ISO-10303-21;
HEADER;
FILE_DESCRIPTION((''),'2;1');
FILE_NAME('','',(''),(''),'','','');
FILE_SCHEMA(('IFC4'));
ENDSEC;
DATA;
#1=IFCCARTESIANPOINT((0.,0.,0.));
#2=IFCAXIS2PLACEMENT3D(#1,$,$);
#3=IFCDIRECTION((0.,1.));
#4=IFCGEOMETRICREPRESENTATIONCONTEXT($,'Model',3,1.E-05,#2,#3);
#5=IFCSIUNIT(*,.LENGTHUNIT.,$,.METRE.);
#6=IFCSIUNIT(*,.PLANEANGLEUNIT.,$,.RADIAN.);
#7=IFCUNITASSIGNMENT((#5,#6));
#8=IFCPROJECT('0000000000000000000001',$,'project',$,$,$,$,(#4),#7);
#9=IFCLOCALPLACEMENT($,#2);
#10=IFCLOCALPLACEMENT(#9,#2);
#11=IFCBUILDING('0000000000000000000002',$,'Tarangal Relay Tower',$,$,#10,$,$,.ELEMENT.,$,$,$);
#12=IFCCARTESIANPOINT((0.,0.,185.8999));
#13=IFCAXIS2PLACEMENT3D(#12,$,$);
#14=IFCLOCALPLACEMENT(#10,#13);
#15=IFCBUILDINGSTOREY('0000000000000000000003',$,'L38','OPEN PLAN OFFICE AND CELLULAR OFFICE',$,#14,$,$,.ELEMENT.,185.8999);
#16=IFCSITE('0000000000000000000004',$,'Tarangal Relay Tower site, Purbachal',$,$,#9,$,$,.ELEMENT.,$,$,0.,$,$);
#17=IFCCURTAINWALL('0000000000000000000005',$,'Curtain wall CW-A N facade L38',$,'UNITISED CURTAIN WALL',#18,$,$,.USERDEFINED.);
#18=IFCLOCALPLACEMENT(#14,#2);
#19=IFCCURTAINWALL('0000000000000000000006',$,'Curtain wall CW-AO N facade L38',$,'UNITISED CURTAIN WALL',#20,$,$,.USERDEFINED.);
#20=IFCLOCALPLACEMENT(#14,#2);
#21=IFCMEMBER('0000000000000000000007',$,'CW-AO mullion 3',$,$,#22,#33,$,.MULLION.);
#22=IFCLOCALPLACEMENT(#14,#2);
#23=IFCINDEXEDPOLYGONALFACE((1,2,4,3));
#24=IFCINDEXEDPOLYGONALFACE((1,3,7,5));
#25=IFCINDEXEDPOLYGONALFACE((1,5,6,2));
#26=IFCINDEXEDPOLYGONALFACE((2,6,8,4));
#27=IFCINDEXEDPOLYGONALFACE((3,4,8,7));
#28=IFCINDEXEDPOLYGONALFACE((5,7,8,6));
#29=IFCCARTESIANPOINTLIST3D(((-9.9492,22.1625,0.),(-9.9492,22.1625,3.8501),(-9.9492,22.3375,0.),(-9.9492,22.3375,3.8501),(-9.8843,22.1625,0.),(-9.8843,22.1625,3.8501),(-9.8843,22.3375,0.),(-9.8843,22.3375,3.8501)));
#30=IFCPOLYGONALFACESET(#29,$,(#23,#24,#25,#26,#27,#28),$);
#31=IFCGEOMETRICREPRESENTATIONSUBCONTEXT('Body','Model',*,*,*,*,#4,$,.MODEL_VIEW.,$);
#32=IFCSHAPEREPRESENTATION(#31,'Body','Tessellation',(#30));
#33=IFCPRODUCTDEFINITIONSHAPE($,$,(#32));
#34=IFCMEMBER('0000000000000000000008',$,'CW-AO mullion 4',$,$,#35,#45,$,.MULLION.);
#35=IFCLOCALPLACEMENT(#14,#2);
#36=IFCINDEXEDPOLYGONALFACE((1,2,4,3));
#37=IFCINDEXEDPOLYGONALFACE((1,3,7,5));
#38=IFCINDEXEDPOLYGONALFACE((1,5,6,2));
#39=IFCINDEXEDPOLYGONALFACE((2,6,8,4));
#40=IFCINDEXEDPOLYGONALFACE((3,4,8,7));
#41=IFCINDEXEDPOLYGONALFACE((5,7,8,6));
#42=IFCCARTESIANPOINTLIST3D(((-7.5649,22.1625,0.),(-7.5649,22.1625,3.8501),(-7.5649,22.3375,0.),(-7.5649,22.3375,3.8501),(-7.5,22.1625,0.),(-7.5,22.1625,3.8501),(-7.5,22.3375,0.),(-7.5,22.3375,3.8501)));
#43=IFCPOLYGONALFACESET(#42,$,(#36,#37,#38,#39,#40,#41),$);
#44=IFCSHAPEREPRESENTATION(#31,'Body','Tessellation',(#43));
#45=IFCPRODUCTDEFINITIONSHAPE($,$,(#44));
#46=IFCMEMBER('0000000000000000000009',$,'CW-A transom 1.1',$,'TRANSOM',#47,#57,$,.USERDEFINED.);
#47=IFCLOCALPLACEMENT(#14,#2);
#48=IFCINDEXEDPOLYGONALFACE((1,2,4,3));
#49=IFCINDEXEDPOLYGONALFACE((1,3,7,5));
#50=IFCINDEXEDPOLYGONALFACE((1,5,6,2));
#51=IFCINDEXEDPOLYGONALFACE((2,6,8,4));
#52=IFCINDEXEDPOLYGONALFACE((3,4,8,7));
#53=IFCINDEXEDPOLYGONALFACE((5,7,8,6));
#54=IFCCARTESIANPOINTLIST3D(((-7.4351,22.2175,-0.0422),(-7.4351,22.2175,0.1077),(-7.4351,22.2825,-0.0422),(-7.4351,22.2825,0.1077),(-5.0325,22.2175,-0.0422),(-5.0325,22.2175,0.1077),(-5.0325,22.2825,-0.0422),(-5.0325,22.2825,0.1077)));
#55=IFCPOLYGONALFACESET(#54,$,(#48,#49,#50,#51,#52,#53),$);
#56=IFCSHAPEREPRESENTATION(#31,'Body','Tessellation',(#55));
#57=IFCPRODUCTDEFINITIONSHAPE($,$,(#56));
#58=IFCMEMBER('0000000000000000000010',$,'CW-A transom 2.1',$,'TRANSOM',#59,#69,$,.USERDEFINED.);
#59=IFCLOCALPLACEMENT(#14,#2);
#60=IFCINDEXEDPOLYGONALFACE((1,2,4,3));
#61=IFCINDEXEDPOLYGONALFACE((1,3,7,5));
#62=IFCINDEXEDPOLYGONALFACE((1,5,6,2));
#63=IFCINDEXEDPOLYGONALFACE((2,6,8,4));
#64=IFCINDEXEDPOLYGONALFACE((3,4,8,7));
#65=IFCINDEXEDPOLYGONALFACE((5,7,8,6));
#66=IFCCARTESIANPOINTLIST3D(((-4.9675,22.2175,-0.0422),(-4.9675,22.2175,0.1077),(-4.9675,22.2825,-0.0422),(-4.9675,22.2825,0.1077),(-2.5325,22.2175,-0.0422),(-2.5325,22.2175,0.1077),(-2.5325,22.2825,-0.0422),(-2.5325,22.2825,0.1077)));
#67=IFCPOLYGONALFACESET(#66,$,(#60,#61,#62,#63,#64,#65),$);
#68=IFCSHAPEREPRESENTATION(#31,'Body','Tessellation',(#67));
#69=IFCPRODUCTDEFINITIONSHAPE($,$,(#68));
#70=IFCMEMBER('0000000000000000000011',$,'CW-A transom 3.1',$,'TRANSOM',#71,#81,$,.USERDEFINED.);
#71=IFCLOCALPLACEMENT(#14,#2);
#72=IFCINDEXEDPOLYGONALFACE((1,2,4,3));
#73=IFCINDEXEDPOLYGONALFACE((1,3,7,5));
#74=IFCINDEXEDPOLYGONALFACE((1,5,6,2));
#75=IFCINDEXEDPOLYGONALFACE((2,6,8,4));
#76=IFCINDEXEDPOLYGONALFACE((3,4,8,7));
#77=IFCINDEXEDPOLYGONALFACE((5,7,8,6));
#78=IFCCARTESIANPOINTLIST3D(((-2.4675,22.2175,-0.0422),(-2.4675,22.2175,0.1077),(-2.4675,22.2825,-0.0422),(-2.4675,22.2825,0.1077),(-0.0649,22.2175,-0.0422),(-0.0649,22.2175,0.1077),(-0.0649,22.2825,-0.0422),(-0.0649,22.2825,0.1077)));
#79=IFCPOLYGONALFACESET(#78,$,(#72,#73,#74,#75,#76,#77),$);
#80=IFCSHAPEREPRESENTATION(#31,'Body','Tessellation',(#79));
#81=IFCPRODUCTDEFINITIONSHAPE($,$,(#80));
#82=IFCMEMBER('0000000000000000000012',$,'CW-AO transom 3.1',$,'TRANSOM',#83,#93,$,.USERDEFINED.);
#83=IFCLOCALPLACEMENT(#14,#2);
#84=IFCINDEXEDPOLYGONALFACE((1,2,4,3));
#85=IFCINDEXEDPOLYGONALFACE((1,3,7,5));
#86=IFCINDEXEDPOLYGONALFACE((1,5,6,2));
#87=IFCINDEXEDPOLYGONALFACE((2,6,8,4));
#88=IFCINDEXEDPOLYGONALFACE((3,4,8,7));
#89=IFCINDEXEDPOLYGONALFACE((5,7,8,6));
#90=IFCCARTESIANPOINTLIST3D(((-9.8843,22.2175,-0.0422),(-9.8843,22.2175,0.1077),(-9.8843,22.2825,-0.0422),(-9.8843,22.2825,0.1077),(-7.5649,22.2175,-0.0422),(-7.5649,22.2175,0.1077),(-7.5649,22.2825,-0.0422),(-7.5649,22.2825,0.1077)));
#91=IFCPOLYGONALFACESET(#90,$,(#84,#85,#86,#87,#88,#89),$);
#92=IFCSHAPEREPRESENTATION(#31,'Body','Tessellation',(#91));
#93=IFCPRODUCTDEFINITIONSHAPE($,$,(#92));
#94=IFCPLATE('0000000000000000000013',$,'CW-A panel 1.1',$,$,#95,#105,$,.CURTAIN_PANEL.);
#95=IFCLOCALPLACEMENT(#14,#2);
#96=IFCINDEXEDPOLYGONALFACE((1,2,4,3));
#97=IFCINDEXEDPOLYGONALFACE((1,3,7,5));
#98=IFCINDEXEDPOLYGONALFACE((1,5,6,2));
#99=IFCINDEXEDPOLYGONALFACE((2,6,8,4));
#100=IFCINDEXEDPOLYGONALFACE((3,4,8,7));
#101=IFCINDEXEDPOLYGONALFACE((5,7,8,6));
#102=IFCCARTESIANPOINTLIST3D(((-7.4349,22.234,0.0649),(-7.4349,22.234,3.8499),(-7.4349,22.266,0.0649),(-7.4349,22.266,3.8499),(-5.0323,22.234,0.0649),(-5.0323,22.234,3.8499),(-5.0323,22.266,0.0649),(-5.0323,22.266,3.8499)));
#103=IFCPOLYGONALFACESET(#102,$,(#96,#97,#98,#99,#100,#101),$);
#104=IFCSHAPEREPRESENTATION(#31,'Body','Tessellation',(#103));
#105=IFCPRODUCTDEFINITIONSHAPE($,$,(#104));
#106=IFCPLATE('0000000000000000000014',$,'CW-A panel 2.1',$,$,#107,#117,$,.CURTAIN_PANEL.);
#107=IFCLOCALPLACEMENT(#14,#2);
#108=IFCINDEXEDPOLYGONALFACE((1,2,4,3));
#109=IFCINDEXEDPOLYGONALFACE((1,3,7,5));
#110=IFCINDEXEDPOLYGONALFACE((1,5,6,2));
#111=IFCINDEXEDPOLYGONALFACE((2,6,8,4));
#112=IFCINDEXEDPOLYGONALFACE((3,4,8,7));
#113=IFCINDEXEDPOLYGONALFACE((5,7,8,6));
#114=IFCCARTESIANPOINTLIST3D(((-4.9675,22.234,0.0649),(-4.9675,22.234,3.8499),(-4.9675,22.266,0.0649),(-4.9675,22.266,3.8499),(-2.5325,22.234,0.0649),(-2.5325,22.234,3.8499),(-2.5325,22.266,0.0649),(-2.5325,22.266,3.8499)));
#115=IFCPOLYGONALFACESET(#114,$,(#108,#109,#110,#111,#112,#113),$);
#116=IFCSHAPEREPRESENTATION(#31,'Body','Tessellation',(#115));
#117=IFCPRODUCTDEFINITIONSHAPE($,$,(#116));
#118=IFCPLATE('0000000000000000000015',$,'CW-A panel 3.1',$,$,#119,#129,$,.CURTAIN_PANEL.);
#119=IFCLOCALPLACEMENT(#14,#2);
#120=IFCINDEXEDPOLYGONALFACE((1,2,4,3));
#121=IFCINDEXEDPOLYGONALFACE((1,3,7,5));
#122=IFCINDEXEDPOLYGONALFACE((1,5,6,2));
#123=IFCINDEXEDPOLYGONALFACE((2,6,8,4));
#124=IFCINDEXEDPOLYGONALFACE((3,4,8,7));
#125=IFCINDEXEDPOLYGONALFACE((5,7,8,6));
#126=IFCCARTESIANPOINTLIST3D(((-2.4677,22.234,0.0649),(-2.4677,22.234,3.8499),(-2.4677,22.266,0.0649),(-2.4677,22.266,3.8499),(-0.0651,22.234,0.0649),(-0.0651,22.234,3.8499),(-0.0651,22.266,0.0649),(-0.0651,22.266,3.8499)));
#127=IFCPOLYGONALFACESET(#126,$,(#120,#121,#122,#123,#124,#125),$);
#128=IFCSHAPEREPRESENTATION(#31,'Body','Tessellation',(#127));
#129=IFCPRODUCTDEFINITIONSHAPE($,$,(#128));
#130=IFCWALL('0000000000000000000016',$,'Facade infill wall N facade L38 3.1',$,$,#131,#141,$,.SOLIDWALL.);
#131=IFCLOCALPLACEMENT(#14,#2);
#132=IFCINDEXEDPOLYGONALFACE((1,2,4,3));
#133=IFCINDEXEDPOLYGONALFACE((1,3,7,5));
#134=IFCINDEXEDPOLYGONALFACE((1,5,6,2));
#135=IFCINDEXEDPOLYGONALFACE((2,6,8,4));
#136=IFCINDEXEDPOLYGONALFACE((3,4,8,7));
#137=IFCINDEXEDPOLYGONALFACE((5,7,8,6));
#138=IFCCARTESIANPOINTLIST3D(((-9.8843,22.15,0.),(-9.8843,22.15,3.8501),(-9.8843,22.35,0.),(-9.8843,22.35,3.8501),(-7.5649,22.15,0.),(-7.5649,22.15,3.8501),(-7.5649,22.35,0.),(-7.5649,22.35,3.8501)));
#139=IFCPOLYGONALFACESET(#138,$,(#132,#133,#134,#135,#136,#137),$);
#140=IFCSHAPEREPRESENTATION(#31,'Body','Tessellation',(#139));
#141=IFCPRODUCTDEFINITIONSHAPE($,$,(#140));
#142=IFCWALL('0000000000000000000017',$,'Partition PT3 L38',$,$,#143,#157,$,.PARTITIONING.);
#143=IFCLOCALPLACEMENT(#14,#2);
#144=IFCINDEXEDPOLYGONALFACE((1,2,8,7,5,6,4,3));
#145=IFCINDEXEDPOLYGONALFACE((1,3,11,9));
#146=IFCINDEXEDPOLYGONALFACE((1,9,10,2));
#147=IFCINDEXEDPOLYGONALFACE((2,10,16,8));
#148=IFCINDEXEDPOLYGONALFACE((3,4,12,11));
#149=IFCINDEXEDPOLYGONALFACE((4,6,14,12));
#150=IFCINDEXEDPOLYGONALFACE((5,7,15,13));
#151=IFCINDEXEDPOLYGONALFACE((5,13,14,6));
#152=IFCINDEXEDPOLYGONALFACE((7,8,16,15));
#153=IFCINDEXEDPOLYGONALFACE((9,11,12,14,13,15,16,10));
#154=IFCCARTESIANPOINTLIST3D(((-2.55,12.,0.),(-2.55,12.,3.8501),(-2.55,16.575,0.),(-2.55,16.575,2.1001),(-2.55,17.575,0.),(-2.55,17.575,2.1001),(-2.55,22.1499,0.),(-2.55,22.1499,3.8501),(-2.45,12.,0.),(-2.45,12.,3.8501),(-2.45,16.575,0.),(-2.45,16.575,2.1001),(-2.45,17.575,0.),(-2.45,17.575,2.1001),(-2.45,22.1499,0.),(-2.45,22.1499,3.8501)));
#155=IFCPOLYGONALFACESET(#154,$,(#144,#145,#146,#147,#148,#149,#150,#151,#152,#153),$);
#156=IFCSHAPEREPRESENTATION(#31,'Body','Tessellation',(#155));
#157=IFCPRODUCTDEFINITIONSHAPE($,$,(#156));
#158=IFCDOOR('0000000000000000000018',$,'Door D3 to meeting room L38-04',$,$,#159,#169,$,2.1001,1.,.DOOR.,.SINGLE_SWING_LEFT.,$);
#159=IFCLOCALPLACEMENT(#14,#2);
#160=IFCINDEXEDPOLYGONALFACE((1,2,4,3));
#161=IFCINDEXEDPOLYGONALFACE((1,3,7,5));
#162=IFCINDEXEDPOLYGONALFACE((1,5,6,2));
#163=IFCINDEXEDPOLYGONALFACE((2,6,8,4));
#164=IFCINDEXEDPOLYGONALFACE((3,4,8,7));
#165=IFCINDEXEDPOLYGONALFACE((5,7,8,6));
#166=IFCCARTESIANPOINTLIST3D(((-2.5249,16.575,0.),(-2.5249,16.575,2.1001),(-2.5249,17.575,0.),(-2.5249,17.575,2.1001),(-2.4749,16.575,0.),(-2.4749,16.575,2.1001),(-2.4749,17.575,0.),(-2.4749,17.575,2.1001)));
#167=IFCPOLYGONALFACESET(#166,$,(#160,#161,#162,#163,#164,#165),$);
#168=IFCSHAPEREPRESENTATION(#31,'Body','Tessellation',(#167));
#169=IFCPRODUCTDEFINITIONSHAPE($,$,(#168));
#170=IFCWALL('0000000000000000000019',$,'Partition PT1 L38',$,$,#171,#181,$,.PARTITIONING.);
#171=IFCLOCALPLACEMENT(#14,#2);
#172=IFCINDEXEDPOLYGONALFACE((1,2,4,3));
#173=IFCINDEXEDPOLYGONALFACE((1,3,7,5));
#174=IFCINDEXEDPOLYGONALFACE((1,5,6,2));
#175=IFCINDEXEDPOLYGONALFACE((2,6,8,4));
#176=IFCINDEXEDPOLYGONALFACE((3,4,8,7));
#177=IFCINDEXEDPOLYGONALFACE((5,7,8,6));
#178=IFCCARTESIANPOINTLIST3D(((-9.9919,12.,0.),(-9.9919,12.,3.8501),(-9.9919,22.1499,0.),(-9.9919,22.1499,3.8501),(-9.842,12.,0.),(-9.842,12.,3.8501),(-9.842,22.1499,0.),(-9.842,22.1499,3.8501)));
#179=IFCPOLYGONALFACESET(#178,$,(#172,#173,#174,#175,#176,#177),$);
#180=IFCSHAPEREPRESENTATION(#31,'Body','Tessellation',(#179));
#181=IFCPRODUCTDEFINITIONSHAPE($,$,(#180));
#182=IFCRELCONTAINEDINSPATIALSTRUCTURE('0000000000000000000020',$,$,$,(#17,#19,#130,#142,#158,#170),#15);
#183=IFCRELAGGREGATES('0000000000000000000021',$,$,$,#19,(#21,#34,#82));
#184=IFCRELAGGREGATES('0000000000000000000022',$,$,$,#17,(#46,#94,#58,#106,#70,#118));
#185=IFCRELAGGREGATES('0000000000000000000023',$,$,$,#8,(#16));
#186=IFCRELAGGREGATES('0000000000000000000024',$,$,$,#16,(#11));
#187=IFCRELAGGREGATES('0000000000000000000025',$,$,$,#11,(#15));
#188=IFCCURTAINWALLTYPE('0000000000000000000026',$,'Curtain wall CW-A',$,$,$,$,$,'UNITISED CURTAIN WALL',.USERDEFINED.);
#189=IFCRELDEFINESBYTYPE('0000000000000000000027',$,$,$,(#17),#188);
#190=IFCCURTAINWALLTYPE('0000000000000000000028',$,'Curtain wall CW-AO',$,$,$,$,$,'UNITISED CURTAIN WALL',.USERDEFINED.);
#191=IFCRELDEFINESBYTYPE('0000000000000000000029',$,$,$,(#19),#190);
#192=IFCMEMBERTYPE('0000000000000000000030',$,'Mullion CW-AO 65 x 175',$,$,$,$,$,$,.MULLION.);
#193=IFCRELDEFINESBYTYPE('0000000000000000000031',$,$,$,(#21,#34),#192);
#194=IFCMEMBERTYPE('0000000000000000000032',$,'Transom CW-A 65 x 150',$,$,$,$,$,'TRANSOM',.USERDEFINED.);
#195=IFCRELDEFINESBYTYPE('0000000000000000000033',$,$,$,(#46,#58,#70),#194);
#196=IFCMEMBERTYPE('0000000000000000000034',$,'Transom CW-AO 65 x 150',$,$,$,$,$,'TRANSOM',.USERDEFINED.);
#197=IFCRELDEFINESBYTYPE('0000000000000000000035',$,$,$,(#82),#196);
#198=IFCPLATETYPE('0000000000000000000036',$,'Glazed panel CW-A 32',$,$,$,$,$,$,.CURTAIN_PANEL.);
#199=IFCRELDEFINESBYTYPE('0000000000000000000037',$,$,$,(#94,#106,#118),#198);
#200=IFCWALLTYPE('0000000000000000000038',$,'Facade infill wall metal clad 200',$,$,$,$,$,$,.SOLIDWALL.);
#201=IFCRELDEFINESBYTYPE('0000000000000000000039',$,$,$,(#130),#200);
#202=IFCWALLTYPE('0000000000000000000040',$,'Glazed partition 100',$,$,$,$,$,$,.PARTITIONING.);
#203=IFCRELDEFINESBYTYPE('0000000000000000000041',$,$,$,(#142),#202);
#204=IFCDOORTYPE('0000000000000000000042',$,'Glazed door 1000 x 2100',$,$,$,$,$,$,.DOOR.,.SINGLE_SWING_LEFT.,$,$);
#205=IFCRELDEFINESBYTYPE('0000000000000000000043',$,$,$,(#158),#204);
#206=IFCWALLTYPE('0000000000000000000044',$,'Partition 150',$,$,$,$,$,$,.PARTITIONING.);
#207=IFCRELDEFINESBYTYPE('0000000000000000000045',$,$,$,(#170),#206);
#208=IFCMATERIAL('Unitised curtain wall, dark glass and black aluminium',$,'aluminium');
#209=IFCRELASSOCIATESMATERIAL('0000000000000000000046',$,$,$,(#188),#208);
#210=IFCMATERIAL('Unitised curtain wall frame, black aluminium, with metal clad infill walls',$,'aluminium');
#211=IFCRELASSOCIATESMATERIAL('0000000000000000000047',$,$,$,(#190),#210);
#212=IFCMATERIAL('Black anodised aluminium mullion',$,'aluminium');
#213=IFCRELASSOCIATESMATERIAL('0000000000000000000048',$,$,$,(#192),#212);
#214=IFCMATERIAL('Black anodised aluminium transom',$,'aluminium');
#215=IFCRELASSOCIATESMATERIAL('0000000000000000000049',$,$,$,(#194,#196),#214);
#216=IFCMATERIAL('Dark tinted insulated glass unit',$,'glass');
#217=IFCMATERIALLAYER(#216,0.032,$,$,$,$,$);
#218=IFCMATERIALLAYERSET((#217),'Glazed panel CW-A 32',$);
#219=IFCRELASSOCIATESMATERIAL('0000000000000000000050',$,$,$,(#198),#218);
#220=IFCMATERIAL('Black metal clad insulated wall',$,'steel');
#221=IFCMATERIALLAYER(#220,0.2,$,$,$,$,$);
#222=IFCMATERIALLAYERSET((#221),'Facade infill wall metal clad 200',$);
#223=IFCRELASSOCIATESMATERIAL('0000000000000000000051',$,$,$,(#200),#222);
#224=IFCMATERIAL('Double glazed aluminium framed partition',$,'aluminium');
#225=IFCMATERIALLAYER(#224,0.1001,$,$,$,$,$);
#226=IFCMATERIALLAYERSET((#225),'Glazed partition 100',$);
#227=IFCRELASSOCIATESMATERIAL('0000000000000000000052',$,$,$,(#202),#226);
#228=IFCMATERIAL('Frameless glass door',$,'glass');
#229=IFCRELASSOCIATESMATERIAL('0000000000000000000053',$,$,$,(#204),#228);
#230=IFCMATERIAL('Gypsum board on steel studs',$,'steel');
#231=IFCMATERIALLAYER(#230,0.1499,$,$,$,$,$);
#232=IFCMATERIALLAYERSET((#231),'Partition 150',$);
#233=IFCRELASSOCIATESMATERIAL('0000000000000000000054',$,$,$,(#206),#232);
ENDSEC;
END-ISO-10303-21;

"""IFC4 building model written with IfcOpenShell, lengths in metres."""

from ifc_helpers import new_model, si_unit, direction, frame, frame_2d, origin, origin_2d, place, context, subcontext, project, spatial, rectangle, extrude, material, layer, layer_set, material_profile, profile_set, type_object, element, fill, aggregate, save


model = new_model("IFC4")

# Units and contexts
model_context = context("Model", 3, precision=1e-05, world=origin(), true_north=direction((0.0, 1.0)))
body_context = subcontext(model_context, "Body", "Model", "MODEL_VIEW")
ifc_project = project(units=[si_unit("LENGTHUNIT", "METRE"), si_unit("PLANEANGLEUNIT", "RADIAN")], contexts=[model_context])

# Site, building, storey
site_placement = place(None, origin())
site = spatial("IfcSite", under=ifc_project, at=site_placement, Name="Tarangal Relay Tower site, Purbachal", CompositionType="ELEMENT", RefElevation=0.0)
building_placement = place(site_placement, origin())
building = spatial("IfcBuilding", under=site, at=building_placement, Name="Tarangal Relay Tower", CompositionType="ELEMENT")
storey_placement = place(building_placement, frame((0.0, 0.0, 185.8999)))
storey = spatial("IfcBuildingStorey", under=building, at=storey_placement, Name="L38", Description="OPEN PLAN OFFICE AND CELLULAR OFFICE", CompositionType="ELEMENT", Elevation=185.8999)

# Curtain walls, members
ifc_material_1 = material(Name="Unitised curtain wall, dark glass and black aluminium", Category="aluminium")
curtain_wall_type_1 = type_object("IfcCurtainWallType", Name="Curtain wall CW-A", ElementType="UNITISED CURTAIN WALL", PredefinedType="USERDEFINED", material=ifc_material_1)
curtain_wall_1_placement = place(storey_placement, origin())
curtain_wall_1 = element("IfcCurtainWall", 1, at=curtain_wall_1_placement, inside=storey, type_object=curtain_wall_type_1, Name="Curtain wall CW-A N facade L38", ObjectType="UNITISED CURTAIN WALL", PredefinedType="USERDEFINED")
ifc_material_2 = material(Name="Black anodised aluminium mullion", Category="aluminium")
ifc_material_3 = material(Name="Unitised curtain wall frame, black aluminium, with metal clad infill walls", Category="aluminium")
curtain_wall_type_2 = type_object("IfcCurtainWallType", Name="Curtain wall CW-AO", ElementType="UNITISED CURTAIN WALL", PredefinedType="USERDEFINED", material=ifc_material_3)
curtain_wall_2_placement = place(storey_placement, origin())
curtain_wall_2 = element("IfcCurtainWall", 2, at=curtain_wall_2_placement, inside=storey, type_object=curtain_wall_type_2, Name="Curtain wall CW-AO N facade L38", ObjectType="UNITISED CURTAIN WALL", PredefinedType="USERDEFINED")
ifc_material_profile_1 = material_profile(ifc_material_2, rectangle(XDim=0.175, YDim=0.0649, at=origin_2d()), Name="CW-AOM 65X175")
ifc_profile_set_1 = profile_set([ifc_material_profile_1], Name="Black anodised aluminium mullion")
member_type_1 = type_object("IfcMemberType", Name="Mullion CW-AO 65 x 175", PredefinedType="MULLION", material=ifc_profile_set_1)
member_1_placement = place(storey_placement, frame((-9.9167, 22.25, 0.0), z_axis=(0.0, 0.0, 1.0), x_axis=(0.0, 1.0, 0.0)))
member_1 = element("IfcMember", 3, at=member_1_placement, type_object=member_type_1, Name="CW-AO mullion 3", PredefinedType="MULLION", context=body_context, shape_type="SweptSolid", body=[
    extrude(rectangle(XDim=0.175, YDim=0.0649, at=origin_2d()), origin(), (0.0, 0.0, 1.0), 3.8501),
])
member_2_placement = place(storey_placement, frame((-7.5325, 22.25, 0.0), z_axis=(0.0, 0.0, 1.0), x_axis=(0.0, 1.0, 0.0)))
member_2 = element("IfcMember", 4, at=member_2_placement, type_object=member_type_1, Name="CW-AO mullion 4", PredefinedType="MULLION", context=body_context, shape_type="SweptSolid", body=[
    extrude(rectangle(XDim=0.175, YDim=0.0649, at=origin_2d()), origin(), (0.0, 0.0, 1.0), 3.8501),
])

# Members
ifc_material_4 = material(Name="Black anodised aluminium transom", Category="aluminium")
ifc_material_profile_2 = material_profile(ifc_material_4, rectangle(XDim=0.0649, YDim=0.1499, at=origin_2d()), Name="CW-AT 65X150")
ifc_profile_set_2 = profile_set([ifc_material_profile_2], Name="Black anodised aluminium transom")
member_type_2 = type_object("IfcMemberType", Name="Transom CW-A 65 x 150", ElementType="TRANSOM", PredefinedType="USERDEFINED", material=ifc_profile_set_2)
member_3_placement = place(storey_placement, frame((-7.4351, 22.25, 0.0327), z_axis=(1.0, 0.0, 0.0), x_axis=(0.0, 1.0, 0.0)))
member_3 = element("IfcMember", 5, at=member_3_placement, type_object=member_type_2, Name="CW-A transom 1.1", ObjectType="TRANSOM", PredefinedType="USERDEFINED", context=body_context, shape_type="SweptSolid", body=[
    extrude(rectangle(XDim=0.0649, YDim=0.1499, at=origin_2d()), origin(), (0.0, 0.0, 1.0), 2.4026),
])
member_4_placement = place(storey_placement, frame((-4.9675, 22.25, 0.0327), z_axis=(1.0, 0.0, 0.0), x_axis=(0.0, 1.0, 0.0)))
member_4 = element("IfcMember", 6, at=member_4_placement, type_object=member_type_2, Name="CW-A transom 2.1", ObjectType="TRANSOM", PredefinedType="USERDEFINED", context=body_context, shape_type="SweptSolid", body=[
    extrude(rectangle(XDim=0.0649, YDim=0.1499, at=origin_2d()), origin(), (0.0, 0.0, 1.0), 2.4351),
])
member_5_placement = place(storey_placement, frame((-2.4675, 22.25, 0.0327), z_axis=(1.0, 0.0, 0.0), x_axis=(0.0, 1.0, 0.0)))
member_5 = element("IfcMember", 7, at=member_5_placement, type_object=member_type_2, Name="CW-A transom 3.1", ObjectType="TRANSOM", PredefinedType="USERDEFINED", context=body_context, shape_type="SweptSolid", body=[
    extrude(rectangle(XDim=0.0649, YDim=0.1499, at=origin_2d()), origin(), (0.0, 0.0, 1.0), 2.4026),
])
ifc_material_profile_3 = material_profile(ifc_material_4, rectangle(XDim=0.0649, YDim=0.1499, at=origin_2d()), Name="CW-AOT 65X150")
ifc_profile_set_3 = profile_set([ifc_material_profile_3], Name="Black anodised aluminium transom")
member_type_3 = type_object("IfcMemberType", Name="Transom CW-AO 65 x 150", ElementType="TRANSOM", PredefinedType="USERDEFINED", material=ifc_profile_set_3)
member_6_placement = place(storey_placement, frame((-9.8843, 22.25, 0.0327), z_axis=(1.0, 0.0, 0.0), x_axis=(0.0, 1.0, 0.0)))
member_6 = element("IfcMember", 8, at=member_6_placement, type_object=member_type_3, Name="CW-AO transom 3.1", ObjectType="TRANSOM", PredefinedType="USERDEFINED", context=body_context, shape_type="SweptSolid", body=[
    extrude(rectangle(XDim=0.0649, YDim=0.1499, at=origin_2d()), origin(), (0.0, 0.0, 1.0), 2.3193),
])
aggregate(curtain_wall_2, [member_1, member_2, member_6])

# Plates
ifc_material_5 = material(Name="Dark tinted insulated glass unit", Category="glass")
ifc_layer_1 = layer(ifc_material_5, 0.032)
ifc_layer_set_1 = layer_set([ifc_layer_1], Name="Glazed panel CW-A 32")
plate_type = type_object("IfcPlateType", Name="Glazed panel CW-A 32", PredefinedType="CURTAIN_PANEL", material=ifc_layer_set_1)
plate_1_placement = place(storey_placement, frame((-6.2336, 22.25, 0.0649), z_axis=(0.0, 0.0, 1.0), x_axis=(1.0, 0.0, 0.0)))
plate_1 = element("IfcPlate", 9, at=plate_1_placement, type_object=plate_type, Name="CW-A panel 1.1", PredefinedType="CURTAIN_PANEL", context=body_context, shape_type="SweptSolid", body=[
    extrude(rectangle(XDim=2.4026, YDim=0.032, at=origin_2d()), origin(), (0.0, 0.0, 1.0), 3.7849),
])
plate_2_placement = place(storey_placement, frame((-3.75, 22.25, 0.0649), z_axis=(0.0, 0.0, 1.0), x_axis=(1.0, 0.0, 0.0)))
plate_2 = element("IfcPlate", 10, at=plate_2_placement, type_object=plate_type, Name="CW-A panel 2.1", PredefinedType="CURTAIN_PANEL", context=body_context, shape_type="SweptSolid", body=[
    extrude(rectangle(XDim=2.4351, YDim=0.032, at=origin_2d()), origin(), (0.0, 0.0, 1.0), 3.7849),
])
plate_3_placement = place(storey_placement, frame((-1.2664, 22.25, 0.0649), z_axis=(0.0, 0.0, 1.0), x_axis=(1.0, 0.0, 0.0)))
plate_3 = element("IfcPlate", 11, at=plate_3_placement, type_object=plate_type, Name="CW-A panel 3.1", PredefinedType="CURTAIN_PANEL", context=body_context, shape_type="SweptSolid", body=[
    extrude(rectangle(XDim=2.4026, YDim=0.032, at=origin_2d()), origin(), (0.0, 0.0, 1.0), 3.7849),
])
aggregate(curtain_wall_1, [member_3, plate_1, member_4, plate_2, member_5, plate_3])

# Wall
ifc_material_6 = material(Name="Black metal clad insulated wall", Category="steel")
ifc_layer_2 = layer(ifc_material_6, 0.2)
ifc_layer_set_2 = layer_set([ifc_layer_2], Name="Facade infill wall metal clad 200")
wall_type_1 = type_object("IfcWallType", Name="Facade infill wall metal clad 200", PredefinedType="SOLIDWALL", material=ifc_layer_set_2)
wall_1_placement = place(storey_placement, frame((-9.8843, 22.25, 0.0), z_axis=(0.0, 0.0, 1.0), x_axis=(1.0, 0.0, 0.0)))
element("IfcWall", 12, at=wall_1_placement, inside=storey, type_object=wall_type_1, Name="Facade infill wall N facade L38 3.1", PredefinedType="SOLIDWALL", context=body_context, shape_type="SweptSolid", body=[
    extrude(rectangle(XDim=2.3193, YDim=0.2, at=frame_2d((1.1597, 0.0))), origin(), (0.0, 0.0, 1.0), 3.8501),
])

# Wall, opening, door
ifc_material_7 = material(Name="Double glazed aluminium framed partition", Category="aluminium")
ifc_layer_3 = layer(ifc_material_7, 0.1001)
ifc_layer_set_3 = layer_set([ifc_layer_3], Name="Glazed partition 100")
wall_type_2 = type_object("IfcWallType", Name="Glazed partition 100", PredefinedType="PARTITIONING", material=ifc_layer_set_3)
wall_2_placement = place(storey_placement, frame((-2.5, 12.0, 0.0), z_axis=(0.0, 0.0, 1.0), x_axis=(0.0, 1.0, 0.0)))
wall_2 = element("IfcWall", 13, at=wall_2_placement, inside=storey, type_object=wall_type_2, Name="Partition PT3 L38", PredefinedType="PARTITIONING", context=body_context, shape_type="SweptSolid", body=[
    extrude(rectangle(XDim=10.1499, YDim=0.1001, at=frame_2d((5.075, 0.0))), origin(), (0.0, 0.0, 1.0), 3.8501),
])
opening_1_placement = place(wall_2_placement, frame((4.575, 0.0, 0.0)))
opening_1 = element("IfcOpeningElement", 14, at=opening_1_placement, cuts=wall_2, PredefinedType="OPENING", context=body_context, shape_type="SweptSolid", body=[
    extrude(rectangle(XDim=1.0, YDim=2.1001, at=frame_2d((0.5, 1.05))), frame((0.0, 0.0601, 0.0), z_axis=(0.0, -1.0, 0.0), x_axis=(1.0, 0.0, 0.0)), (0.0, 0.0, 1.0), 0.1201),
])
ifc_material_8 = material(Name="Frameless glass door", Category="glass")
door_type_1 = type_object("IfcDoorType", Name="Glazed door 1000 x 2100", OperationType="SINGLE_SWING_LEFT", PredefinedType="DOOR", material=ifc_material_8)
door_1_placement = place(opening_1_placement, origin())
door_1 = element("IfcDoor", 15, at=door_1_placement, inside=storey, type_object=door_type_1, Name="Door D3 to meeting room L38-04", OperationType="SINGLE_SWING_LEFT", OverallHeight=2.1001, OverallWidth=1.0, PredefinedType="DOOR", context=body_context, shape_type="SweptSolid", body=[
    extrude(rectangle(XDim=1.0, YDim=2.1001, at=frame_2d((0.5, 1.05))), frame((0.0, 0.0249, 0.0), z_axis=(0.0, -1.0, 0.0), x_axis=(1.0, 0.0, 0.0)), (0.0, 0.0, 1.0), 0.05),
])
fill(opening_1, door_1)

# Wall
ifc_material_9 = material(Name="Gypsum board on steel studs", Category="steel")
ifc_layer_4 = layer(ifc_material_9, 0.1499)
ifc_layer_set_4 = layer_set([ifc_layer_4], Name="Partition 150")
wall_type_3 = type_object("IfcWallType", Name="Partition 150", PredefinedType="PARTITIONING", material=ifc_layer_set_4)
wall_3_placement = place(storey_placement, frame((-9.917, 12.0, 0.0), z_axis=(0.0, 0.0, 1.0), x_axis=(0.0, 1.0, 0.0)))
element("IfcWall", 16, at=wall_3_placement, inside=storey, type_object=wall_type_3, Name="Partition PT1 L38", PredefinedType="PARTITIONING", context=body_context, shape_type="SweptSolid", body=[
    extrude(rectangle(XDim=10.1499, YDim=0.1499, at=frame_2d((5.075, 0.0))), origin(), (0.0, 0.0, 1.0), 3.8501),
])

save(model, "model.ifc")
